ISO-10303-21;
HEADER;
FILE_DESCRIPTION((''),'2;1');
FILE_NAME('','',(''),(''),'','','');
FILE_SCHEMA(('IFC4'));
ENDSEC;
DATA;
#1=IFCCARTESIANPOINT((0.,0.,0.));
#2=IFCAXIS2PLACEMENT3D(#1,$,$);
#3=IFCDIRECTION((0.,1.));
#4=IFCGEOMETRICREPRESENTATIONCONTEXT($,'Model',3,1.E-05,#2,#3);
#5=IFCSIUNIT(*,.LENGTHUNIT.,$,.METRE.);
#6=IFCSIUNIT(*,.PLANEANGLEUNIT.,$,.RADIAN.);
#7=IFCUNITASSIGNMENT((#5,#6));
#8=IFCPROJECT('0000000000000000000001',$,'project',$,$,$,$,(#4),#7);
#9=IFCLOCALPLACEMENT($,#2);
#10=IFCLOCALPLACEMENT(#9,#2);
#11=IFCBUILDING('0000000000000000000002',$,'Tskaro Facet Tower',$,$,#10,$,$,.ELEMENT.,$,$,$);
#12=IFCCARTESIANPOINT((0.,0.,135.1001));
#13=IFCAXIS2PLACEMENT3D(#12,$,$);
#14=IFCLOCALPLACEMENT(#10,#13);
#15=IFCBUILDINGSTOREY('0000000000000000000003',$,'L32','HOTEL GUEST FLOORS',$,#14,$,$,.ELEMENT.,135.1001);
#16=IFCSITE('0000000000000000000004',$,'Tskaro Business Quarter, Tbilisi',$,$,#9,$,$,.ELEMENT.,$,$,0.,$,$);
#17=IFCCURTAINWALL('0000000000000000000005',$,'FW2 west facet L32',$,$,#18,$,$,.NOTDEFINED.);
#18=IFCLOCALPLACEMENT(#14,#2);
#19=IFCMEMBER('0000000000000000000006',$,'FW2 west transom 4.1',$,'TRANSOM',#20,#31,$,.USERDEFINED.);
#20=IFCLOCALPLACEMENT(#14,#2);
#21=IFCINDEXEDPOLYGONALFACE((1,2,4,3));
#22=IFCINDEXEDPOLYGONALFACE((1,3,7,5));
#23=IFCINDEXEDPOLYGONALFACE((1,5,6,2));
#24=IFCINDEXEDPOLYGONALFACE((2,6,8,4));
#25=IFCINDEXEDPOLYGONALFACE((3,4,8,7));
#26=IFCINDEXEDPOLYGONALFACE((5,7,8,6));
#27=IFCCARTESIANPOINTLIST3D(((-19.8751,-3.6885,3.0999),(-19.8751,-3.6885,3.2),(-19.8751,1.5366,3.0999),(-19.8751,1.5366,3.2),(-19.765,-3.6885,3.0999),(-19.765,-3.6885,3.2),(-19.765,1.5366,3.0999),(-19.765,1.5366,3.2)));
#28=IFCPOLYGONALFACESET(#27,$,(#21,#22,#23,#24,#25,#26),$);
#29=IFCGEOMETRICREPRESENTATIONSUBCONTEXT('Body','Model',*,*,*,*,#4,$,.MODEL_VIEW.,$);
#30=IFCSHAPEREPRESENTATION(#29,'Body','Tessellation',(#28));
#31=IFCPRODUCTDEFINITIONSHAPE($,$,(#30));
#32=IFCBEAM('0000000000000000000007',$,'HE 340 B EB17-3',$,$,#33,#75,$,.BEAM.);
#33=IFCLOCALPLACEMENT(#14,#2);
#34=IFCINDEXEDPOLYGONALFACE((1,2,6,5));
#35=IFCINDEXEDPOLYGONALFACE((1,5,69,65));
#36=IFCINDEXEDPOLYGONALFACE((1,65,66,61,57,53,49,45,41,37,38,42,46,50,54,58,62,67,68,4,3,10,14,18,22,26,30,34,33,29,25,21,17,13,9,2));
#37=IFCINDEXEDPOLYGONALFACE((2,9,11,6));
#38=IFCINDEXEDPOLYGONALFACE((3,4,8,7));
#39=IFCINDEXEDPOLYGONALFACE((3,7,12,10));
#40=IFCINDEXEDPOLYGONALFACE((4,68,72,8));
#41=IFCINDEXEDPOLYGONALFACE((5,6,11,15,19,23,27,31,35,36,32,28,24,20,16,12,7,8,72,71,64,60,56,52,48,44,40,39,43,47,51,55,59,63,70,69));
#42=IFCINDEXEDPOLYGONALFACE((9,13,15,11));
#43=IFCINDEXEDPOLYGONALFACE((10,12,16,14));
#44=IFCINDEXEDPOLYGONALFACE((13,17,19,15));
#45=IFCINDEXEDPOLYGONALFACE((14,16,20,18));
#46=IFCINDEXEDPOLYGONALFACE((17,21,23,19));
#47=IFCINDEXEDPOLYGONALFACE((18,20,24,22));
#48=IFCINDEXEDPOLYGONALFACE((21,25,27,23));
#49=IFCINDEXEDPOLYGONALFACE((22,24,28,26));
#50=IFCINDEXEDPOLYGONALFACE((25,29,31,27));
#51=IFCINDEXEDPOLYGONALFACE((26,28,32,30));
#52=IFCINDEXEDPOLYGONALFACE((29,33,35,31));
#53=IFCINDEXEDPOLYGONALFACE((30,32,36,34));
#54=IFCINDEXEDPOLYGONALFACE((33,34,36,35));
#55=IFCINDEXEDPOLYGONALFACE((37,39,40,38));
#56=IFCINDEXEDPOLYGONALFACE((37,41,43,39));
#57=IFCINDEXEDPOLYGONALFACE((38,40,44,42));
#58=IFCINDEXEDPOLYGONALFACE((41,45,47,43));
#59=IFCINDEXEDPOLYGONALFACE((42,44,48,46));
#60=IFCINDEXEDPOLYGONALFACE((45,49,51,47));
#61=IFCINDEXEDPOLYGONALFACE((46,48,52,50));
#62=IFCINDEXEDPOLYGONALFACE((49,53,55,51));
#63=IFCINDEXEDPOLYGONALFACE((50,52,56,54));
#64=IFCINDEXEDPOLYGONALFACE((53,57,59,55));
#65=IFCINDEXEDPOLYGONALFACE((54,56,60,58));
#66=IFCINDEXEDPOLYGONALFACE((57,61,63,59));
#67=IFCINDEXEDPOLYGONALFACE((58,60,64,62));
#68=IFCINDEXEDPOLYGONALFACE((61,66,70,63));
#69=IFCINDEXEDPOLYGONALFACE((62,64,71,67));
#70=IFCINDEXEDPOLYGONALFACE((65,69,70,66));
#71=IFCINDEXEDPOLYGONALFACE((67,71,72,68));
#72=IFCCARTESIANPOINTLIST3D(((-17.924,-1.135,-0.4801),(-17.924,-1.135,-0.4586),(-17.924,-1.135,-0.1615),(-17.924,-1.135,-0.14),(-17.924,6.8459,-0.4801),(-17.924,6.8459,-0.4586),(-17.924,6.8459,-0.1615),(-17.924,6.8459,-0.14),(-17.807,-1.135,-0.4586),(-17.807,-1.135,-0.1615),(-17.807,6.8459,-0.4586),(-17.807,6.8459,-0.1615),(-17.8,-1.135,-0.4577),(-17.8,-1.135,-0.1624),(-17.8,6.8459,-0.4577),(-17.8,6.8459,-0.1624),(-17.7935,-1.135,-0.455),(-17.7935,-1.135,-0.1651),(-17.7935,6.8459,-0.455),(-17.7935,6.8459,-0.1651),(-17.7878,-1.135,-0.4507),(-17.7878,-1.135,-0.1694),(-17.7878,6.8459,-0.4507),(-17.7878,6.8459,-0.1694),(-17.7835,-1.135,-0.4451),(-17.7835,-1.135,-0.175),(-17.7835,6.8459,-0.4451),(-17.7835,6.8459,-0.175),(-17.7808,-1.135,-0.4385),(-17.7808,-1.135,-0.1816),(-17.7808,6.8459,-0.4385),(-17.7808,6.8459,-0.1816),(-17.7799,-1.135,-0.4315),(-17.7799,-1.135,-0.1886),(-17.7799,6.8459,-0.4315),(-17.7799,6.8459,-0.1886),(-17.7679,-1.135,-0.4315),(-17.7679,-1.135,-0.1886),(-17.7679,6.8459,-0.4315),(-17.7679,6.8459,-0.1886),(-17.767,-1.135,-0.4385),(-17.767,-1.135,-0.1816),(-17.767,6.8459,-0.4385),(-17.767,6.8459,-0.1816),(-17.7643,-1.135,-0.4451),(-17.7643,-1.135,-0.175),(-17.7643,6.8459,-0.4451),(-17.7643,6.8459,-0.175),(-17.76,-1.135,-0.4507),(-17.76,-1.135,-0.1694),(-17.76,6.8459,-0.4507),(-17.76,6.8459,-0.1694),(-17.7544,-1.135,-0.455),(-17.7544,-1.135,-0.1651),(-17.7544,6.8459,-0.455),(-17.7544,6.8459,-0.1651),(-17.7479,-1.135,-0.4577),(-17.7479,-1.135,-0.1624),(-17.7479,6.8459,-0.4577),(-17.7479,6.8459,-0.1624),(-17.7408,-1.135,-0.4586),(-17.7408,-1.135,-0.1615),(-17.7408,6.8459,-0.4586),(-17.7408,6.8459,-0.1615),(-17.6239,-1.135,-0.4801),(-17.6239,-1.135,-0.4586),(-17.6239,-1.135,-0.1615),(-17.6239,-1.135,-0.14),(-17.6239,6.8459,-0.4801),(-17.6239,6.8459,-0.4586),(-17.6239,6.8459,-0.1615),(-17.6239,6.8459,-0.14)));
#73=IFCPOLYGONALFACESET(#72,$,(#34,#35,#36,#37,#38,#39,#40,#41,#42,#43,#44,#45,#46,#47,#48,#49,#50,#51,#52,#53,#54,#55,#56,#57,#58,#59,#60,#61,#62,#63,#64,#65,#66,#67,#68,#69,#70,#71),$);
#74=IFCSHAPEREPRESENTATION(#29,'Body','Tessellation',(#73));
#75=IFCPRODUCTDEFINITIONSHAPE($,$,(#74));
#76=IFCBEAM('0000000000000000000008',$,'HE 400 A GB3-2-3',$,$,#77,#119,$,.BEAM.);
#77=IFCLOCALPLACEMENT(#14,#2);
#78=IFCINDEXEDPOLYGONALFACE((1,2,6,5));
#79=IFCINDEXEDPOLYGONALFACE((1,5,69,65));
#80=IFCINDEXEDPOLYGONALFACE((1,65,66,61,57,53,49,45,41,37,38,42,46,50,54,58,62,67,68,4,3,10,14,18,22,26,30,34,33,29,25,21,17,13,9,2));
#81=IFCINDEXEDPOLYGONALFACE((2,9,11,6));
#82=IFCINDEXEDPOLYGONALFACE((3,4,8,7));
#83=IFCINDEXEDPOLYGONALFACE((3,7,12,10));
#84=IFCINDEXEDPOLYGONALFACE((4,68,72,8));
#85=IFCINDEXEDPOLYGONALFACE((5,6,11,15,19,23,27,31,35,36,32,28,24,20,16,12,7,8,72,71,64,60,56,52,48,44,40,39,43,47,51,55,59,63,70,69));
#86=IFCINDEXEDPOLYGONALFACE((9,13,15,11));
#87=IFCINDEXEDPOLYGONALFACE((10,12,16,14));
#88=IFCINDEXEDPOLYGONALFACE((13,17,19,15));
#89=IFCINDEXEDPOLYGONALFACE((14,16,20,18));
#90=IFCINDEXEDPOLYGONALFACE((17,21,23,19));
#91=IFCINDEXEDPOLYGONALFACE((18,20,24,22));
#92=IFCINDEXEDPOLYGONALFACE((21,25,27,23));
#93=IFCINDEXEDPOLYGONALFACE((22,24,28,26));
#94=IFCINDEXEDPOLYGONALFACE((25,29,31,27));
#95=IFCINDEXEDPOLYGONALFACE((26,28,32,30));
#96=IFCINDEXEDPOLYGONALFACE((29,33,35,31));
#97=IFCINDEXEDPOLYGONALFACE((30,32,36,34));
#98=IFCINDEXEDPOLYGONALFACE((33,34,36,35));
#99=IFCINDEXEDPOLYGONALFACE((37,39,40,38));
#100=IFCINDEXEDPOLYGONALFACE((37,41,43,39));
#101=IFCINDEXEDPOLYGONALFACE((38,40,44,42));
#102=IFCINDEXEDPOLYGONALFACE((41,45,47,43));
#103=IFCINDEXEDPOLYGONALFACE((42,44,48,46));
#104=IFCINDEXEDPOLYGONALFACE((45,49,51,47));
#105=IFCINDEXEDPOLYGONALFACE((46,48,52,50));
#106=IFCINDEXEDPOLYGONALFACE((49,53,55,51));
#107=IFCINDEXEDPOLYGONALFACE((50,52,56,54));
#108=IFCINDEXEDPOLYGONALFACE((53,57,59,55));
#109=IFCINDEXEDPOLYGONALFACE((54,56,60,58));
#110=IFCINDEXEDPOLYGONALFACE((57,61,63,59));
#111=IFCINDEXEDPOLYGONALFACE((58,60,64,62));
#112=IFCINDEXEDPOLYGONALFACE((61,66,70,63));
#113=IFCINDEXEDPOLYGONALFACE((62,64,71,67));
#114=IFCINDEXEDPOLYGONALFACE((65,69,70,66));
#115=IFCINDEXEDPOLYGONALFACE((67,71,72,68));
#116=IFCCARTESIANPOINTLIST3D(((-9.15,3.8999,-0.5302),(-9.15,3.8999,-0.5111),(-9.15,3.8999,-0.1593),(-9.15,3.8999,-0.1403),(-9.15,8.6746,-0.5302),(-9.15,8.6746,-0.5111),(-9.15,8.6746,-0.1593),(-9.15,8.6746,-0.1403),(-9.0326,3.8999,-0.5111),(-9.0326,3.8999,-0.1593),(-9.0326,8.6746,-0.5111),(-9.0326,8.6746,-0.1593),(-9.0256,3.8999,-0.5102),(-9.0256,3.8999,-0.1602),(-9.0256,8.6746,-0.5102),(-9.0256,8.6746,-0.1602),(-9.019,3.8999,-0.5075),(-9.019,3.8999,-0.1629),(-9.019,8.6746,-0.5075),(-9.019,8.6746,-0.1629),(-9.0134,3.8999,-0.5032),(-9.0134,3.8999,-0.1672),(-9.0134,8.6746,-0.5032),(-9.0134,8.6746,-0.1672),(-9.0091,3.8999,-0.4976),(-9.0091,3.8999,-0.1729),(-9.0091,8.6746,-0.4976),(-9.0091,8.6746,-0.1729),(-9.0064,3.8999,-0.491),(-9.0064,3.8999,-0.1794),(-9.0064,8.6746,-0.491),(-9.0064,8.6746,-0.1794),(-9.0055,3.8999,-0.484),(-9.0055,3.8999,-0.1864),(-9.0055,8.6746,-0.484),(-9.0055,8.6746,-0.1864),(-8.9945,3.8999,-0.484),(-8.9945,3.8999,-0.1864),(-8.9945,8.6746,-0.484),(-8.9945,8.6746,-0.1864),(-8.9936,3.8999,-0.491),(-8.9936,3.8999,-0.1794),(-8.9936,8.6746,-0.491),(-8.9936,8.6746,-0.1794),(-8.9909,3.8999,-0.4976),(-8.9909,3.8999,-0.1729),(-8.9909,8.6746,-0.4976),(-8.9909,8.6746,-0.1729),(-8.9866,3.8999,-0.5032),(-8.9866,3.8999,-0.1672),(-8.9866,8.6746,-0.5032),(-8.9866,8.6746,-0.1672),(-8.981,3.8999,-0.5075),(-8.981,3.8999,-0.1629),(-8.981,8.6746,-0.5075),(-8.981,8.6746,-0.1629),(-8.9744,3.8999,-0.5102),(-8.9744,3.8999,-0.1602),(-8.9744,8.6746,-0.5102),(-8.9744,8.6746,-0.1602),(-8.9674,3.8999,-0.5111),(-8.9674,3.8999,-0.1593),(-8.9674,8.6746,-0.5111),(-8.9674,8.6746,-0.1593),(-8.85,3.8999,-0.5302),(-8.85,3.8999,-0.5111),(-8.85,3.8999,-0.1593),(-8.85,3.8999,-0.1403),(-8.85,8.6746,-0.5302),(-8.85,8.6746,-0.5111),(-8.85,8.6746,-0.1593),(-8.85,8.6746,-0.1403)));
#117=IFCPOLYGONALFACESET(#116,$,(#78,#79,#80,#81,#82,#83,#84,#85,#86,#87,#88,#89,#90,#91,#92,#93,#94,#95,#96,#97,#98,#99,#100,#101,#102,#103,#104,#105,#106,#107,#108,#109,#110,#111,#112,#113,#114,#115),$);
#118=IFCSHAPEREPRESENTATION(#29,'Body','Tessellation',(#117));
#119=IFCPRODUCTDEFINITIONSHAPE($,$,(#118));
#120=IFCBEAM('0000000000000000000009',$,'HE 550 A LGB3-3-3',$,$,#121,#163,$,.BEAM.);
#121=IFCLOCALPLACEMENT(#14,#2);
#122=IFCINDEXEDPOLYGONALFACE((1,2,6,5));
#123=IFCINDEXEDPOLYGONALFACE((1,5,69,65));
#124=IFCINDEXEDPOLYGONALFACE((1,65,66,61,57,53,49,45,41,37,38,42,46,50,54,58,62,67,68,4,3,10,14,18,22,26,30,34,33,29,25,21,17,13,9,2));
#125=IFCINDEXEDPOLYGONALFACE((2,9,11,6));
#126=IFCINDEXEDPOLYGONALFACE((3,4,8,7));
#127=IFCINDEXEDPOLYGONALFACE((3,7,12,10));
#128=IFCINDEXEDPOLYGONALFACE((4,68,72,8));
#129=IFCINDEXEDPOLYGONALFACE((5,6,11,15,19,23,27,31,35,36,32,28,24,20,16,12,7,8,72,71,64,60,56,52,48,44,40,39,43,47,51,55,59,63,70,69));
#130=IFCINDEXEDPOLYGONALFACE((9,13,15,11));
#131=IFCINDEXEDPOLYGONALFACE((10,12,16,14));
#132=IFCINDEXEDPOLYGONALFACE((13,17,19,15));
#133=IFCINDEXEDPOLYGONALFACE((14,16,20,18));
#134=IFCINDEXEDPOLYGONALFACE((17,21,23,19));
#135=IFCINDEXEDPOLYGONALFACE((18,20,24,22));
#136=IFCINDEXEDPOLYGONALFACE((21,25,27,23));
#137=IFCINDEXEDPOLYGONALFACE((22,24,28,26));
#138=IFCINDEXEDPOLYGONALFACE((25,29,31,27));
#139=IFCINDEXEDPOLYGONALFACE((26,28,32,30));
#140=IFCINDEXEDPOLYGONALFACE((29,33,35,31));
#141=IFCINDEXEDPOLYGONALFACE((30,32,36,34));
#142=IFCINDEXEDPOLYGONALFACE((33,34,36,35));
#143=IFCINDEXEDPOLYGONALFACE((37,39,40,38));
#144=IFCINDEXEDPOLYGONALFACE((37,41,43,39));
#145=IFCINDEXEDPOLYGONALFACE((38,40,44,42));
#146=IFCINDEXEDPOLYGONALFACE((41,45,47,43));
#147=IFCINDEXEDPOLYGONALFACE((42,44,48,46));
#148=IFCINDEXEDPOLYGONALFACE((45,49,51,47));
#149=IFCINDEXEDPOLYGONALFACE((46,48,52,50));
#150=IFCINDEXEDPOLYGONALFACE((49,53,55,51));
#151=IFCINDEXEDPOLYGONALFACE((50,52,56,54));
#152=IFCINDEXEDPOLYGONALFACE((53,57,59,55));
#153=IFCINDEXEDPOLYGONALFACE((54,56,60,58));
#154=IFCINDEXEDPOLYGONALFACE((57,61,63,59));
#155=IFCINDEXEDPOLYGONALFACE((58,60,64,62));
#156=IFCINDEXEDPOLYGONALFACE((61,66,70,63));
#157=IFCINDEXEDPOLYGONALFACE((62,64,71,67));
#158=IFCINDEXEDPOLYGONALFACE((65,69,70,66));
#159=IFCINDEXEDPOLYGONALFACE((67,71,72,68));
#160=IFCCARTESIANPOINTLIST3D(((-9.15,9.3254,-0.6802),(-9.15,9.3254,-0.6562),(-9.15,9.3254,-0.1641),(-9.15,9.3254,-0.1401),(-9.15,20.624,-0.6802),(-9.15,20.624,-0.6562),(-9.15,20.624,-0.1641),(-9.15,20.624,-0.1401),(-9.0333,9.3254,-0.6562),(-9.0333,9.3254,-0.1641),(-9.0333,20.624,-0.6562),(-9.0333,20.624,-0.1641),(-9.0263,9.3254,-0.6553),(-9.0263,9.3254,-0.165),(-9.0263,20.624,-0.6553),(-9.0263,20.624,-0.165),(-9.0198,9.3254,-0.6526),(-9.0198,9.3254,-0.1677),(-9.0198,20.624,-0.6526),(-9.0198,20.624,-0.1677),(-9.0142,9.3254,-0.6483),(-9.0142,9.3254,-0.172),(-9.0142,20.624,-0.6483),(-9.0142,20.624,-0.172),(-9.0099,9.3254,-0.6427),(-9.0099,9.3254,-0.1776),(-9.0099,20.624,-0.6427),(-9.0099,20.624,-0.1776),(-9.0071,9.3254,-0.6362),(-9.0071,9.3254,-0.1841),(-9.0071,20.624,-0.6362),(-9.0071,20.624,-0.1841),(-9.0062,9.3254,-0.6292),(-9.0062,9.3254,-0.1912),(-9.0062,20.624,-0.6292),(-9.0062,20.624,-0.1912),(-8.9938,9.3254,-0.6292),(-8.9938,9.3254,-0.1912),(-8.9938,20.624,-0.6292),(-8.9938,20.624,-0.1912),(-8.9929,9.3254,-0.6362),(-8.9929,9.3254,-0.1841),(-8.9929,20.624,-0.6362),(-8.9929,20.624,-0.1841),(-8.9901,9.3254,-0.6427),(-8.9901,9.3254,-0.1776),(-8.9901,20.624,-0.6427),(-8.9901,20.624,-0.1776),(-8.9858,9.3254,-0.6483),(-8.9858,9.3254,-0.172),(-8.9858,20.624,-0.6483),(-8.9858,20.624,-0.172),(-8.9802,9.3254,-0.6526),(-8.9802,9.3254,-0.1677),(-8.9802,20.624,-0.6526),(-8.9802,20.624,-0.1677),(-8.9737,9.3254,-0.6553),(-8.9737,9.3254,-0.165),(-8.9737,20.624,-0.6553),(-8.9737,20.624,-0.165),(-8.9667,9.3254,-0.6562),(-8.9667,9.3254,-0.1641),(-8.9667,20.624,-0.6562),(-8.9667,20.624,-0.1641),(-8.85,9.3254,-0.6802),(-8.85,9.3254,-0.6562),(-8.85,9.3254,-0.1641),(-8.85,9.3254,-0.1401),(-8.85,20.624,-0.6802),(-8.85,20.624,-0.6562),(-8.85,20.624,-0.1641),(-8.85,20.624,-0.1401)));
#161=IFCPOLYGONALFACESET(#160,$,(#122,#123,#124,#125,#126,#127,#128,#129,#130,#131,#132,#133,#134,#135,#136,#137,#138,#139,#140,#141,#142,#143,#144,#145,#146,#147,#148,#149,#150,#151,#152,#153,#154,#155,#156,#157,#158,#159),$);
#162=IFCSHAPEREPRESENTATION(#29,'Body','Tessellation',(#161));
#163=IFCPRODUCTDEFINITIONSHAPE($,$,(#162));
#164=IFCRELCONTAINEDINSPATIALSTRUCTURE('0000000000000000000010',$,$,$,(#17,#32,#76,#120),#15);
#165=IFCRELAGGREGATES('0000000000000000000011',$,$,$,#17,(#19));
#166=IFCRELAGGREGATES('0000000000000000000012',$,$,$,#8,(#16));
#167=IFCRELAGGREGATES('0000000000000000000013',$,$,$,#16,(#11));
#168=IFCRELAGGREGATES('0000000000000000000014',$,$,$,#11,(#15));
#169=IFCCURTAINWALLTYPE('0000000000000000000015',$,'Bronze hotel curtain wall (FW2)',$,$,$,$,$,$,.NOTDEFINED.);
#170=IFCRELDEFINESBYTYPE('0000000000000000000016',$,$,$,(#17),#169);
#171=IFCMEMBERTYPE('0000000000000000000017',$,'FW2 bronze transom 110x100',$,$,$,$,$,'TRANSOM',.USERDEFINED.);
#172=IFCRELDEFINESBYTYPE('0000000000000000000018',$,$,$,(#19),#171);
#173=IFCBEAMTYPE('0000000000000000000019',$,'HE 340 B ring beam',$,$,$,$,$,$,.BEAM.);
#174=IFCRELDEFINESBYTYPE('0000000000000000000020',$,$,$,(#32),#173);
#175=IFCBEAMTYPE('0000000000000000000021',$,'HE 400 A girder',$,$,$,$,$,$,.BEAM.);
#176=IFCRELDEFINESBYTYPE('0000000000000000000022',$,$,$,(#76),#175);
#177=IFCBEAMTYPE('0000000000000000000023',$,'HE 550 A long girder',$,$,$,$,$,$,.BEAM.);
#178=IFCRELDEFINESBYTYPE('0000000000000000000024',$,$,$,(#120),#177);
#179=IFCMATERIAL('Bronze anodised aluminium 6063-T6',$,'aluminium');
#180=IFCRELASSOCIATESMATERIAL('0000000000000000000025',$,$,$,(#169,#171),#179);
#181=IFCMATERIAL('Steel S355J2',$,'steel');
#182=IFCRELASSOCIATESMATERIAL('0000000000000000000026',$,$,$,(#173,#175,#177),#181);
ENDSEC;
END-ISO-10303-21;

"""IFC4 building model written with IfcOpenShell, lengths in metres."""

from ifc_helpers import new_model, si_unit, direction, frame, origin, origin_2d, place, context, subcontext, project, spatial, rectangle, i_section, extrude, material, material_profile, profile_set, type_object, element, aggregate, save


model = new_model("IFC4")

# Units and contexts
model_context = context("Model", 3, precision=1e-05, world=origin(), true_north=direction((0.0, 1.0)))
body_context = subcontext(model_context, "Body", "Model", "MODEL_VIEW")
ifc_project = project(units=[si_unit("LENGTHUNIT", "METRE"), si_unit("PLANEANGLEUNIT", "RADIAN")], contexts=[model_context])

# Site, building, storey
site_placement = place(None, origin())
site = spatial("IfcSite", under=ifc_project, at=site_placement, Name="Tskaro Business Quarter, Tbilisi", CompositionType="ELEMENT", RefElevation=0.0)
building_placement = place(site_placement, origin())
building = spatial("IfcBuilding", under=site, at=building_placement, Name="Tskaro Facet Tower", CompositionType="ELEMENT")
storey_placement = place(building_placement, frame((0.0, 0.0, 135.1001)))
storey = spatial("IfcBuildingStorey", under=building, at=storey_placement, Name="L32", Description="HOTEL GUEST FLOORS", CompositionType="ELEMENT", Elevation=135.1001)

# Curtain wall, member
ifc_material_1 = material(Name="Bronze anodised aluminium 6063-T6", Category="aluminium")
curtain_wall_type = type_object("IfcCurtainWallType", Name="Bronze hotel curtain wall (FW2)", PredefinedType="NOTDEFINED", material=ifc_material_1)
curtain_wall_placement = place(storey_placement, origin())
curtain_wall = element("IfcCurtainWall", 1, at=curtain_wall_placement, inside=storey, type_object=curtain_wall_type, Name="FW2 west facet L32", PredefinedType="NOTDEFINED")
ifc_material_profile_1 = material_profile(ifc_material_1, rectangle(XDim=0.1101, YDim=0.1001, at=origin_2d()), Name="Transom 110x100")
ifc_profile_set_1 = profile_set([ifc_material_profile_1], Name="Bronze anodised aluminium 6063-T6")
member_type_1 = type_object("IfcMemberType", Name="FW2 bronze transom 110x100", ElementType="TRANSOM", PredefinedType="USERDEFINED", material=ifc_profile_set_1)
member_1_placement = place(storey_placement, frame((-19.8201, 1.5366, 3.1499), z_axis=(0.0, -1.0, 0.0), x_axis=(1.0, 0.0, 0.0)))
member_1 = element("IfcMember", 2, at=member_1_placement, type_object=member_type_1, Name="FW2 west transom 4.1", ObjectType="TRANSOM", PredefinedType="USERDEFINED", context=body_context, shape_type="SweptSolid", body=[
    extrude(rectangle(XDim=0.1101, YDim=0.1001, at=origin_2d()), origin(), (0.0, 0.0, 1.0), 5.2251),
])

# Beams
ifc_material_2 = material(Name="Steel S355J2", Category="steel")
ifc_material_profile_2 = material_profile(ifc_material_2, i_section(OverallWidth=0.3, OverallDepth=0.3401, WebThickness=0.012, FlangeThickness=0.0215, FilletRadius=0.0271, at=origin_2d()), Name="HE 340 B")
ifc_profile_set_2 = profile_set([ifc_material_profile_2], Name="Steel S355J2")
beam_type_1 = type_object("IfcBeamType", Name="HE 340 B ring beam", PredefinedType="BEAM", material=ifc_profile_set_2)
beam_1_placement = place(storey_placement, frame((-17.7739, 6.8459, -0.3101), z_axis=(0.0, -1.0, 0.0), x_axis=(1.0, 0.0, 0.0)))
element("IfcBeam", 3, at=beam_1_placement, inside=storey, type_object=beam_type_1, Name="HE 340 B EB17-3", PredefinedType="BEAM", context=body_context, shape_type="SweptSolid", body=[
    extrude(i_section(OverallWidth=0.3, OverallDepth=0.3401, WebThickness=0.012, FlangeThickness=0.0215, FilletRadius=0.0271, at=origin_2d()), origin(), (0.0, 0.0, 1.0), 7.981),
])
ifc_material_profile_3 = material_profile(ifc_material_2, i_section(OverallWidth=0.3, OverallDepth=0.3899, WebThickness=0.011, FlangeThickness=0.019, FilletRadius=0.0271, at=origin_2d()), Name="HE 400 A")
ifc_profile_set_3 = profile_set([ifc_material_profile_3], Name="Steel S355J2")
beam_type_2 = type_object("IfcBeamType", Name="HE 400 A girder", PredefinedType="BEAM", material=ifc_profile_set_3)
beam_2_placement = place(storey_placement, frame((-9.0, 3.8999, -0.3352), z_axis=(0.0, 1.0, 0.0), x_axis=(-1.0, 0.0, 0.0)))
element("IfcBeam", 4, at=beam_2_placement, inside=storey, type_object=beam_type_2, Name="HE 400 A GB3-2-3", PredefinedType="BEAM", context=body_context, shape_type="SweptSolid", body=[
    extrude(i_section(OverallWidth=0.3, OverallDepth=0.3899, WebThickness=0.011, FlangeThickness=0.019, FilletRadius=0.0271, at=origin_2d()), origin(), (0.0, 0.0, 1.0), 4.7747),
])
ifc_material_profile_4 = material_profile(ifc_material_2, i_section(OverallWidth=0.3, OverallDepth=0.54, WebThickness=0.0125, FlangeThickness=0.0239, FilletRadius=0.0271, at=origin_2d()), Name="HE 550 A")
ifc_profile_set_4 = profile_set([ifc_material_profile_4], Name="Steel S355J2")
beam_type_3 = type_object("IfcBeamType", Name="HE 550 A long girder", PredefinedType="BEAM", material=ifc_profile_set_4)
beam_3_placement = place(storey_placement, frame((-9.0, 9.3254, -0.4102), z_axis=(0.0, 1.0, 0.0), x_axis=(-1.0, 0.0, 0.0)))
element("IfcBeam", 5, at=beam_3_placement, inside=storey, type_object=beam_type_3, Name="HE 550 A LGB3-3-3", PredefinedType="BEAM", context=body_context, shape_type="SweptSolid", body=[
    extrude(i_section(OverallWidth=0.3, OverallDepth=0.54, WebThickness=0.0125, FlangeThickness=0.0239, FilletRadius=0.0271, at=origin_2d()), origin(), (0.0, 0.0, 1.0), 11.2986),
])

aggregate(curtain_wall, [member_1])

save(model, "model.ifc")
